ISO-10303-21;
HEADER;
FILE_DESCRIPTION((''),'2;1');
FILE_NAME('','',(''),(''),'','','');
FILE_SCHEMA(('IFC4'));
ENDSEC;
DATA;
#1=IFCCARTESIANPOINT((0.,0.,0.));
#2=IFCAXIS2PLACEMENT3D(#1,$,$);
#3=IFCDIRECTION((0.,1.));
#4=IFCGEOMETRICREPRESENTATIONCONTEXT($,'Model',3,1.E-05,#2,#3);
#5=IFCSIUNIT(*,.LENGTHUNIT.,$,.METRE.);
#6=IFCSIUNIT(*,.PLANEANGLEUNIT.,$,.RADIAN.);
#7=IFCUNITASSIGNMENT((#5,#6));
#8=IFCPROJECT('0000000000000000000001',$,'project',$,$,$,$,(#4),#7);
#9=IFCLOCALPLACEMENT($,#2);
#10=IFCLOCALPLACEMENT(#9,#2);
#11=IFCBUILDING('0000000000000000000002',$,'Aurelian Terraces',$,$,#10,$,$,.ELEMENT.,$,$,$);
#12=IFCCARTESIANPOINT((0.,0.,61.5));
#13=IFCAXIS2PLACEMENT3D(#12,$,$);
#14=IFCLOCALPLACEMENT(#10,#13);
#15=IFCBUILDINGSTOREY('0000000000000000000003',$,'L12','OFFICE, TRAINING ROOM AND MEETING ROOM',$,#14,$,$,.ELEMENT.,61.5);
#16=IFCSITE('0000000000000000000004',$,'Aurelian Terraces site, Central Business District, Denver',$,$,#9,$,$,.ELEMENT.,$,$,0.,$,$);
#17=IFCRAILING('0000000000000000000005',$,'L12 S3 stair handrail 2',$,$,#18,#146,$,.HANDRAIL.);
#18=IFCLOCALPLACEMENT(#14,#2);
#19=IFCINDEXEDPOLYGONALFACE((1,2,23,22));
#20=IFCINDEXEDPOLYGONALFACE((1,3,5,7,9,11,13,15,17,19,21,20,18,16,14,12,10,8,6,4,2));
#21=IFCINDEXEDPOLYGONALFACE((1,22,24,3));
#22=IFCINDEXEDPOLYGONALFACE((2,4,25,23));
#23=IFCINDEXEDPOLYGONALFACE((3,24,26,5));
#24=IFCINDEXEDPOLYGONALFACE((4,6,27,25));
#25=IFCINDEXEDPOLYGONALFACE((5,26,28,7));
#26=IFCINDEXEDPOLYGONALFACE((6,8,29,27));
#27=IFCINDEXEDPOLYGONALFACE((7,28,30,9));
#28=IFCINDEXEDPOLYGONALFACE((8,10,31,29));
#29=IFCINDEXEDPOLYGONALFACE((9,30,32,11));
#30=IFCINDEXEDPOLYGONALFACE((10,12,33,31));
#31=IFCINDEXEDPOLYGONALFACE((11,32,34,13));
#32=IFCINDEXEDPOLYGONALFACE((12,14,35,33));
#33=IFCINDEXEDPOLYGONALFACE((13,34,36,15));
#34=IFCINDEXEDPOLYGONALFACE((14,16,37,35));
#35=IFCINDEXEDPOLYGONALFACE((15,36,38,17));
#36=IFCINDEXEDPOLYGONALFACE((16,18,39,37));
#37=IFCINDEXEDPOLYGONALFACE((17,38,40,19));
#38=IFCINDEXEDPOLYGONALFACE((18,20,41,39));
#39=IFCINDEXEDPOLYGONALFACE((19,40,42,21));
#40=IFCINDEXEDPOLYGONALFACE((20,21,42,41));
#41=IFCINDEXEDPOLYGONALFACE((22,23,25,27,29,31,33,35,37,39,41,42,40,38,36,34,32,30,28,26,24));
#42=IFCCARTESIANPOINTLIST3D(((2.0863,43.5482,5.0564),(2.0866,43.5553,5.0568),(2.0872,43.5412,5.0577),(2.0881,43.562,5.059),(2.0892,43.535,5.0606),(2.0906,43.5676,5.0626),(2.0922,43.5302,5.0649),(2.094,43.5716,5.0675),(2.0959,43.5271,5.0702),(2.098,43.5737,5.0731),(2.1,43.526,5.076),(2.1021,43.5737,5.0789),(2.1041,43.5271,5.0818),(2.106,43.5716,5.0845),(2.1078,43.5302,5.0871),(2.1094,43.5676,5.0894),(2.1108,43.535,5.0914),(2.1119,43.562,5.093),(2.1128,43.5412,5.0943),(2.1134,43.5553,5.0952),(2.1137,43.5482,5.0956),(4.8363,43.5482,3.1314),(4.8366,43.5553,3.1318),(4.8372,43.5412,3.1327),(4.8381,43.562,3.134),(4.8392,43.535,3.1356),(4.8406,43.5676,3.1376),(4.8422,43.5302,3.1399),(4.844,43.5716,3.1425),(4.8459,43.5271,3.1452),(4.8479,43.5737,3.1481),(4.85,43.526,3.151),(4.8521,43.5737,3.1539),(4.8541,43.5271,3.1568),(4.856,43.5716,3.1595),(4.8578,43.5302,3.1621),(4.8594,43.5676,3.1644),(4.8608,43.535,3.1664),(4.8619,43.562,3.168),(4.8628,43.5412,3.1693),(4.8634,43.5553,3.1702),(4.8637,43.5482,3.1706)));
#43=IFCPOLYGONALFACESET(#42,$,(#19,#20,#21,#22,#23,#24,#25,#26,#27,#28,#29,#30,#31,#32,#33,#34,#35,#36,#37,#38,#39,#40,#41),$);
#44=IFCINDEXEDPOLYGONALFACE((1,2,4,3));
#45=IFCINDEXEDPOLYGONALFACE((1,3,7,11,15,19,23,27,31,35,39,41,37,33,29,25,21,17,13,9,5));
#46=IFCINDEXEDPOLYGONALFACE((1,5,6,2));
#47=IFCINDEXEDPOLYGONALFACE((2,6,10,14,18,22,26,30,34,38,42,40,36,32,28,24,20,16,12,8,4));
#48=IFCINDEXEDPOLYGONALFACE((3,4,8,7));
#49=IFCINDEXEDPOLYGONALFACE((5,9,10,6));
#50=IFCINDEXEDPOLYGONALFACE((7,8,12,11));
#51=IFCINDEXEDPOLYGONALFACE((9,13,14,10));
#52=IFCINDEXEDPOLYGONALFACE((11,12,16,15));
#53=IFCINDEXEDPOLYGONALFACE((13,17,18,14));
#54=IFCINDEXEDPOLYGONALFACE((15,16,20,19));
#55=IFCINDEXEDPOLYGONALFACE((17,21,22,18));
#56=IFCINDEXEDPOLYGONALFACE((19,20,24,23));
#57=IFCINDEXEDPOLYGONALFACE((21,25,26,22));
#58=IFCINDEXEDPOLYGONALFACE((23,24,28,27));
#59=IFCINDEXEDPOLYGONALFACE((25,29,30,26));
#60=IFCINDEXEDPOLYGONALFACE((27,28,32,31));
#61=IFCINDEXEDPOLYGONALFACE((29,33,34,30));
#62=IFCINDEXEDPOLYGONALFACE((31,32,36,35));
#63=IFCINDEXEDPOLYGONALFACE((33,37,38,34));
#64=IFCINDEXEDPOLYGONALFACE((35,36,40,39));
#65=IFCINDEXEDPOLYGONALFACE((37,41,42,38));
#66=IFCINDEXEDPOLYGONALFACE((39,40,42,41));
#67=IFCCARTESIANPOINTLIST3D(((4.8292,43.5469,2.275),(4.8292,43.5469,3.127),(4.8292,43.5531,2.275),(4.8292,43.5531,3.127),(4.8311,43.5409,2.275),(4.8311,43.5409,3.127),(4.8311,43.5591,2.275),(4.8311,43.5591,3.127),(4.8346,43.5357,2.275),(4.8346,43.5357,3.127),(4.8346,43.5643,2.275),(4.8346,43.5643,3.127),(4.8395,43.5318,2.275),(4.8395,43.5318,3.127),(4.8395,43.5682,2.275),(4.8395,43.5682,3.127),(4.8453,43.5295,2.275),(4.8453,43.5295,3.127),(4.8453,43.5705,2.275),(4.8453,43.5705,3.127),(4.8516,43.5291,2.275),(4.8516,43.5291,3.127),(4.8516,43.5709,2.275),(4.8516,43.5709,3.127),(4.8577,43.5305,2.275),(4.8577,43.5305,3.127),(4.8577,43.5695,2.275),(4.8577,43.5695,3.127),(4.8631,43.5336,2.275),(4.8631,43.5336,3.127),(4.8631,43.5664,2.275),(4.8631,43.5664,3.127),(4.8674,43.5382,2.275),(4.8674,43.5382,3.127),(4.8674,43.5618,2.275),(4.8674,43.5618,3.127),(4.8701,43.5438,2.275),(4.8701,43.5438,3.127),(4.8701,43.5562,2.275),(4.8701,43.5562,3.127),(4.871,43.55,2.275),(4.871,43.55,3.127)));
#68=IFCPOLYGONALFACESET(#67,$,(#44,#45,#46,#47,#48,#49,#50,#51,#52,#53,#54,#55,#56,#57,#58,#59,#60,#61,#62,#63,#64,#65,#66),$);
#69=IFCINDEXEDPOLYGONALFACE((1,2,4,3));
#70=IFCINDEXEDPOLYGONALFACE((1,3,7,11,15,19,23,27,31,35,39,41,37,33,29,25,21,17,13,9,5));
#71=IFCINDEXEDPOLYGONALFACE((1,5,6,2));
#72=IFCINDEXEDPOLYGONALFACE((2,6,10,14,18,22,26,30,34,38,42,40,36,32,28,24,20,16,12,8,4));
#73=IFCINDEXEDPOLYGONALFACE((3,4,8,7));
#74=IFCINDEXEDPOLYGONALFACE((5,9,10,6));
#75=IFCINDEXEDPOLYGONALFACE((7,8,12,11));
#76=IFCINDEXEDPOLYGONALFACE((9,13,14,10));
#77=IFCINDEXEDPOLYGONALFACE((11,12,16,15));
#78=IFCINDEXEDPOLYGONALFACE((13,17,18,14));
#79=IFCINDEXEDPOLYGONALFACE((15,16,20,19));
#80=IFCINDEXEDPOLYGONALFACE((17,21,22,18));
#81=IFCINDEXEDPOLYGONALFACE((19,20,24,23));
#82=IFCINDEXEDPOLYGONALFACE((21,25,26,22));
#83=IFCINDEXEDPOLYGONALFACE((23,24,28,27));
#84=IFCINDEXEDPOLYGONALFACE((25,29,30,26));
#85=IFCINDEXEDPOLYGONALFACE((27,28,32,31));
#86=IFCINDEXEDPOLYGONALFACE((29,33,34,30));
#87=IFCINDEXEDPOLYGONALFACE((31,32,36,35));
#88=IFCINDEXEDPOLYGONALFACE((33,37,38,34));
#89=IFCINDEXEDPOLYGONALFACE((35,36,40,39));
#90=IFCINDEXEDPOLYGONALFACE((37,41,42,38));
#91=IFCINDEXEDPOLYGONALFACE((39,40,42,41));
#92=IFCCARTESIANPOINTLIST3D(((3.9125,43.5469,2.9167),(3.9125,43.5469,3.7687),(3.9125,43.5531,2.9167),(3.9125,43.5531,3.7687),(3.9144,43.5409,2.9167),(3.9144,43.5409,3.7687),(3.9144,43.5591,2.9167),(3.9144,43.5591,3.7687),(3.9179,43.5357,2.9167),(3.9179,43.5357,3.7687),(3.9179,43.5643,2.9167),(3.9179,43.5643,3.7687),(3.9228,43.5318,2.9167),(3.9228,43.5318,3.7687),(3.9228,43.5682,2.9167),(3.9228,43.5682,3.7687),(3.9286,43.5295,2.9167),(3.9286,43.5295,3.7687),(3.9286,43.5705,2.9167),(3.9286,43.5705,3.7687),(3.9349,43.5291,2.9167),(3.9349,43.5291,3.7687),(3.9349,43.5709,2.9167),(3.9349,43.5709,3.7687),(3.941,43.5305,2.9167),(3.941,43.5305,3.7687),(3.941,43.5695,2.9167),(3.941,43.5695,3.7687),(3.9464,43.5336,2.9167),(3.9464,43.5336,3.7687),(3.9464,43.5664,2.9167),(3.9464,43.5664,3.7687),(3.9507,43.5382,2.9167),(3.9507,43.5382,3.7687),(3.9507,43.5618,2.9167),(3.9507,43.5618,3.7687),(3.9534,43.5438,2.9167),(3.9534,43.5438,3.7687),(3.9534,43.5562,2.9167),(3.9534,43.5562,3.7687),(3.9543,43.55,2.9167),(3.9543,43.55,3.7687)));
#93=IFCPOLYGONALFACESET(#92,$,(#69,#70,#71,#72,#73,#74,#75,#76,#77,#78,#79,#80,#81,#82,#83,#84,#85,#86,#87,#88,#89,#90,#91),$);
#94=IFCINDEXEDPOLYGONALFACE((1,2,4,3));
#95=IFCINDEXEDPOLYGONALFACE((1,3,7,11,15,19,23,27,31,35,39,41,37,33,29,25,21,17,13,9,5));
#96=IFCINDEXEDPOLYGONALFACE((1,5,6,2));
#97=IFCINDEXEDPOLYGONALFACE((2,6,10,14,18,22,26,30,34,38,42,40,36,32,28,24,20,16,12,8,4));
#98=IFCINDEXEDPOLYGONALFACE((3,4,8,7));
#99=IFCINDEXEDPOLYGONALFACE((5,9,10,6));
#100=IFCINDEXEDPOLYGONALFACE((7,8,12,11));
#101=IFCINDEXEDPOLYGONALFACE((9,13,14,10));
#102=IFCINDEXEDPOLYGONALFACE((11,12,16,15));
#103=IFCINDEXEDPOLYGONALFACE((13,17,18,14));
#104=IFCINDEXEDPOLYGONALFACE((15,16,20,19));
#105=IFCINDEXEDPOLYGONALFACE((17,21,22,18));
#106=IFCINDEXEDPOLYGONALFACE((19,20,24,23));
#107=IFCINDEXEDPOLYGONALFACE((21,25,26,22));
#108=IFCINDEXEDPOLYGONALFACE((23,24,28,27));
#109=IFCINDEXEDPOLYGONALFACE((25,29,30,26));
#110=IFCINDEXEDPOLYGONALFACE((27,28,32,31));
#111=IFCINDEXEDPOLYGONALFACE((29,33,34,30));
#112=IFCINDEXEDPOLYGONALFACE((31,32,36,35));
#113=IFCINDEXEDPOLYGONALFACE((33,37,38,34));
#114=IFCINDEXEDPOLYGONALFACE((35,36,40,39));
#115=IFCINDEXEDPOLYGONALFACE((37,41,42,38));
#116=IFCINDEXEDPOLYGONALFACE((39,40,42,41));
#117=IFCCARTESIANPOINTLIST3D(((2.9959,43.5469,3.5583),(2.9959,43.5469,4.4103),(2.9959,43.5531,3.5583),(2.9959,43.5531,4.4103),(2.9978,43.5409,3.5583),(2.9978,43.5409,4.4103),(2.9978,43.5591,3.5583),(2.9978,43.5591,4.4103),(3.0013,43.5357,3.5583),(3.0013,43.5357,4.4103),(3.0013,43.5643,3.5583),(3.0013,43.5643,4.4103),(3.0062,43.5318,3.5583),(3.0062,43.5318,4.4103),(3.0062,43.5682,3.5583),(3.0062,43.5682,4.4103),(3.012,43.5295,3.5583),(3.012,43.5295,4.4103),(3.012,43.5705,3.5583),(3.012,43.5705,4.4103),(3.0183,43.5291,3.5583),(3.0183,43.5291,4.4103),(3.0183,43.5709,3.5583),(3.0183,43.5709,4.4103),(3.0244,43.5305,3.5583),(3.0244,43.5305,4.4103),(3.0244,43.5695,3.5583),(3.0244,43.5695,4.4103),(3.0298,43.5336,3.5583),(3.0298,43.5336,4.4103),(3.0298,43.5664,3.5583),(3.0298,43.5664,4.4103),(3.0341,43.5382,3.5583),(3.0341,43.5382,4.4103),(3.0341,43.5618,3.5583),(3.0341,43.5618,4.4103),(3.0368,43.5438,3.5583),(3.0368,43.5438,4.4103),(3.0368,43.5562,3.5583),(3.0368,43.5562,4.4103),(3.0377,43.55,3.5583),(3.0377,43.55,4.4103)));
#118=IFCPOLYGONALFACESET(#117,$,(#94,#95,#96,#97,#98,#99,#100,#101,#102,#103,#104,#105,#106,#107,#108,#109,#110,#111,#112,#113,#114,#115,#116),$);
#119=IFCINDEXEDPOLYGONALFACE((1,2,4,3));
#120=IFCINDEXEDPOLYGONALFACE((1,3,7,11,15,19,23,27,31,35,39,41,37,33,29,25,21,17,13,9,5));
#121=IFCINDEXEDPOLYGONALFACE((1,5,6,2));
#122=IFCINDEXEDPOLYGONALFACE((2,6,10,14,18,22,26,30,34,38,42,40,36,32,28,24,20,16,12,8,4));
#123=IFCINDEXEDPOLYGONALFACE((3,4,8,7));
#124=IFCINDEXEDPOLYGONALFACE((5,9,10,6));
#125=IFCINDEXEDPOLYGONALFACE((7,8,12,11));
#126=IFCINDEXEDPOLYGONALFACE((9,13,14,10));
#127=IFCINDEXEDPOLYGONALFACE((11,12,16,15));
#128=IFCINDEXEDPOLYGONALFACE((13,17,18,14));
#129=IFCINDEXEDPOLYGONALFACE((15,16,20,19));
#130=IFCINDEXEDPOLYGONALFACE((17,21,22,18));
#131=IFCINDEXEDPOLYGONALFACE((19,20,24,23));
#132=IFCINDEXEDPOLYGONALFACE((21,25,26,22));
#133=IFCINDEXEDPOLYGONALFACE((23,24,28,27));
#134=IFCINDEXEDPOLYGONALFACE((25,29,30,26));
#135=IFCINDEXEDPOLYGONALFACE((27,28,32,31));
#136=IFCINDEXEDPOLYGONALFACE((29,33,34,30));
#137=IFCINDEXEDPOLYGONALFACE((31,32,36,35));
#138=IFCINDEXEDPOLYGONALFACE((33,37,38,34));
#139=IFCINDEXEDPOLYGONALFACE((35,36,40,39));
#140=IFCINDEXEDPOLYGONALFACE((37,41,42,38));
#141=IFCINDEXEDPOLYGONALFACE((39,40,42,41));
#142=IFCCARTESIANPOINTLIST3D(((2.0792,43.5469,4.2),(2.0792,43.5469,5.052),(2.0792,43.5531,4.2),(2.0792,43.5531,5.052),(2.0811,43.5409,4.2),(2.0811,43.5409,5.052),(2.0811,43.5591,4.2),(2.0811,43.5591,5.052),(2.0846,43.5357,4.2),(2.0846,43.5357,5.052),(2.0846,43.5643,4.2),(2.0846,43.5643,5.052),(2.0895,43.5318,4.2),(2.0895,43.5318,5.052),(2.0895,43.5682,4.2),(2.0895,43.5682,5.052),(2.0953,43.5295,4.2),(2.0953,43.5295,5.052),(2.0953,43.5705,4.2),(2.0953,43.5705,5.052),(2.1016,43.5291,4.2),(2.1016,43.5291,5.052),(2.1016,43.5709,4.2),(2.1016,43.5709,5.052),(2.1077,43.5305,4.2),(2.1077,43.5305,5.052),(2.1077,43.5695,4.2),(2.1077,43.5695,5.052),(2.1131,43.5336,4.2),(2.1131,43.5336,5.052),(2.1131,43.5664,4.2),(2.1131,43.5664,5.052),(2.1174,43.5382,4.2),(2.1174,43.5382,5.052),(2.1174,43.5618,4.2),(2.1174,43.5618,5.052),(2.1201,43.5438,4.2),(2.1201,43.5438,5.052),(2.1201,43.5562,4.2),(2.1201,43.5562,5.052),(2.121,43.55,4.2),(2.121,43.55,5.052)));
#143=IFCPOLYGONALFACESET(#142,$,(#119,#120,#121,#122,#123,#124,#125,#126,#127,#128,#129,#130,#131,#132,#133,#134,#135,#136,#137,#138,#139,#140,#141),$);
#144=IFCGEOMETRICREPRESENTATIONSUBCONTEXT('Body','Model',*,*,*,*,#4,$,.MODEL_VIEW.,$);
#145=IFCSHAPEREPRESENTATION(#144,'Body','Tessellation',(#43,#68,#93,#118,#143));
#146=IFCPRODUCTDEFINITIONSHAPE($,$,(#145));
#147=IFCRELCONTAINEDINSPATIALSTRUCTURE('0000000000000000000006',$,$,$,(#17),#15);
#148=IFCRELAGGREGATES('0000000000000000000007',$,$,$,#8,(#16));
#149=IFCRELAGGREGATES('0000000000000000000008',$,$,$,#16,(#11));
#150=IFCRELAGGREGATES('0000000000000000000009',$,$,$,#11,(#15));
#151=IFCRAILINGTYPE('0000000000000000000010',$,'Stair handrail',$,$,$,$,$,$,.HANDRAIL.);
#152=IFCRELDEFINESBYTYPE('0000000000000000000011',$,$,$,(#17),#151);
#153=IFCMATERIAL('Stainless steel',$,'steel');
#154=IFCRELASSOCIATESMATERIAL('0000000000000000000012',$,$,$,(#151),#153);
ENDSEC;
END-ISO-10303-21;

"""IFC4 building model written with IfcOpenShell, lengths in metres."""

from ifc_helpers import new_model, si_unit, direction, frame, origin, origin_2d, place, context, subcontext, project, spatial, circle, extrude, source, transform, mapped, material, type_object, element, save


model = new_model("IFC4")

# Units and contexts
model_context = context("Model", 3, precision=1e-05, world=origin(), true_north=direction((0.0, 1.0)))
body_context = subcontext(model_context, "Body", "Model", "MODEL_VIEW")
ifc_project = project(units=[si_unit("LENGTHUNIT", "METRE"), si_unit("PLANEANGLEUNIT", "RADIAN")], contexts=[model_context])

# Site, building, storey
site_placement = place(None, origin())
site = spatial("IfcSite", under=ifc_project, at=site_placement, Name="Aurelian Terraces site, Central Business District, Denver", CompositionType="ELEMENT", RefElevation=0.0)
building_placement = place(site_placement, origin())
building = spatial("IfcBuilding", under=site, at=building_placement, Name="Aurelian Terraces", CompositionType="ELEMENT")
storey_placement = place(building_placement, frame((0.0, 0.0, 61.5)))
storey = spatial("IfcBuildingStorey", under=building, at=storey_placement, Name="L12", Description="OFFICE, TRAINING ROOM AND MEETING ROOM", CompositionType="ELEMENT", Elevation=61.5)

# Railing
ifc_material_1 = material(Name="Stainless steel", Category="steel")
railing_type_1 = type_object("IfcRailingType", Name="Stair handrail", PredefinedType="HANDRAIL", material=ifc_material_1)
shared_shape_1 = source(origin(), body_context, "Body", "SweptSolid", [
    extrude(circle(Radius=0.024, at=origin_2d()), frame((0.0, 0.0, 0.876), z_axis=(-0.819232, 0.0, 0.573462), x_axis=(0.0, -1.0, 0.0)), (0.0, 0.0, 1.0), 3.3568),
    extrude(circle(Radius=0.021, at=origin_2d()), origin(), (0.0, 0.0, 1.0), 0.852),
    extrude(circle(Radius=0.021, at=origin_2d()), frame((-0.9167, 0.0, 0.6417)), (0.0, 0.0, 1.0), 0.852),
    extrude(circle(Radius=0.021, at=origin_2d()), frame((-1.8333, 0.0, 1.2833)), (0.0, 0.0, 1.0), 0.852),
    extrude(circle(Radius=0.021, at=origin_2d()), frame((-2.75, 0.0, 1.925)), (0.0, 0.0, 1.0), 0.852),
])
railing_1_placement = place(storey_placement, frame((4.85, 43.55, 2.275)))
element("IfcRailing", 1, at=railing_1_placement, inside=storey, type_object=railing_type_1, Name="L12 S3 stair handrail 2", PredefinedType="HANDRAIL", context=body_context, shape_type="MappedRepresentation", body=[
    mapped(shared_shape_1, transform((0.0, 0.0, 0.0), scale=1.0)),
])

save(model, "model.ifc")
